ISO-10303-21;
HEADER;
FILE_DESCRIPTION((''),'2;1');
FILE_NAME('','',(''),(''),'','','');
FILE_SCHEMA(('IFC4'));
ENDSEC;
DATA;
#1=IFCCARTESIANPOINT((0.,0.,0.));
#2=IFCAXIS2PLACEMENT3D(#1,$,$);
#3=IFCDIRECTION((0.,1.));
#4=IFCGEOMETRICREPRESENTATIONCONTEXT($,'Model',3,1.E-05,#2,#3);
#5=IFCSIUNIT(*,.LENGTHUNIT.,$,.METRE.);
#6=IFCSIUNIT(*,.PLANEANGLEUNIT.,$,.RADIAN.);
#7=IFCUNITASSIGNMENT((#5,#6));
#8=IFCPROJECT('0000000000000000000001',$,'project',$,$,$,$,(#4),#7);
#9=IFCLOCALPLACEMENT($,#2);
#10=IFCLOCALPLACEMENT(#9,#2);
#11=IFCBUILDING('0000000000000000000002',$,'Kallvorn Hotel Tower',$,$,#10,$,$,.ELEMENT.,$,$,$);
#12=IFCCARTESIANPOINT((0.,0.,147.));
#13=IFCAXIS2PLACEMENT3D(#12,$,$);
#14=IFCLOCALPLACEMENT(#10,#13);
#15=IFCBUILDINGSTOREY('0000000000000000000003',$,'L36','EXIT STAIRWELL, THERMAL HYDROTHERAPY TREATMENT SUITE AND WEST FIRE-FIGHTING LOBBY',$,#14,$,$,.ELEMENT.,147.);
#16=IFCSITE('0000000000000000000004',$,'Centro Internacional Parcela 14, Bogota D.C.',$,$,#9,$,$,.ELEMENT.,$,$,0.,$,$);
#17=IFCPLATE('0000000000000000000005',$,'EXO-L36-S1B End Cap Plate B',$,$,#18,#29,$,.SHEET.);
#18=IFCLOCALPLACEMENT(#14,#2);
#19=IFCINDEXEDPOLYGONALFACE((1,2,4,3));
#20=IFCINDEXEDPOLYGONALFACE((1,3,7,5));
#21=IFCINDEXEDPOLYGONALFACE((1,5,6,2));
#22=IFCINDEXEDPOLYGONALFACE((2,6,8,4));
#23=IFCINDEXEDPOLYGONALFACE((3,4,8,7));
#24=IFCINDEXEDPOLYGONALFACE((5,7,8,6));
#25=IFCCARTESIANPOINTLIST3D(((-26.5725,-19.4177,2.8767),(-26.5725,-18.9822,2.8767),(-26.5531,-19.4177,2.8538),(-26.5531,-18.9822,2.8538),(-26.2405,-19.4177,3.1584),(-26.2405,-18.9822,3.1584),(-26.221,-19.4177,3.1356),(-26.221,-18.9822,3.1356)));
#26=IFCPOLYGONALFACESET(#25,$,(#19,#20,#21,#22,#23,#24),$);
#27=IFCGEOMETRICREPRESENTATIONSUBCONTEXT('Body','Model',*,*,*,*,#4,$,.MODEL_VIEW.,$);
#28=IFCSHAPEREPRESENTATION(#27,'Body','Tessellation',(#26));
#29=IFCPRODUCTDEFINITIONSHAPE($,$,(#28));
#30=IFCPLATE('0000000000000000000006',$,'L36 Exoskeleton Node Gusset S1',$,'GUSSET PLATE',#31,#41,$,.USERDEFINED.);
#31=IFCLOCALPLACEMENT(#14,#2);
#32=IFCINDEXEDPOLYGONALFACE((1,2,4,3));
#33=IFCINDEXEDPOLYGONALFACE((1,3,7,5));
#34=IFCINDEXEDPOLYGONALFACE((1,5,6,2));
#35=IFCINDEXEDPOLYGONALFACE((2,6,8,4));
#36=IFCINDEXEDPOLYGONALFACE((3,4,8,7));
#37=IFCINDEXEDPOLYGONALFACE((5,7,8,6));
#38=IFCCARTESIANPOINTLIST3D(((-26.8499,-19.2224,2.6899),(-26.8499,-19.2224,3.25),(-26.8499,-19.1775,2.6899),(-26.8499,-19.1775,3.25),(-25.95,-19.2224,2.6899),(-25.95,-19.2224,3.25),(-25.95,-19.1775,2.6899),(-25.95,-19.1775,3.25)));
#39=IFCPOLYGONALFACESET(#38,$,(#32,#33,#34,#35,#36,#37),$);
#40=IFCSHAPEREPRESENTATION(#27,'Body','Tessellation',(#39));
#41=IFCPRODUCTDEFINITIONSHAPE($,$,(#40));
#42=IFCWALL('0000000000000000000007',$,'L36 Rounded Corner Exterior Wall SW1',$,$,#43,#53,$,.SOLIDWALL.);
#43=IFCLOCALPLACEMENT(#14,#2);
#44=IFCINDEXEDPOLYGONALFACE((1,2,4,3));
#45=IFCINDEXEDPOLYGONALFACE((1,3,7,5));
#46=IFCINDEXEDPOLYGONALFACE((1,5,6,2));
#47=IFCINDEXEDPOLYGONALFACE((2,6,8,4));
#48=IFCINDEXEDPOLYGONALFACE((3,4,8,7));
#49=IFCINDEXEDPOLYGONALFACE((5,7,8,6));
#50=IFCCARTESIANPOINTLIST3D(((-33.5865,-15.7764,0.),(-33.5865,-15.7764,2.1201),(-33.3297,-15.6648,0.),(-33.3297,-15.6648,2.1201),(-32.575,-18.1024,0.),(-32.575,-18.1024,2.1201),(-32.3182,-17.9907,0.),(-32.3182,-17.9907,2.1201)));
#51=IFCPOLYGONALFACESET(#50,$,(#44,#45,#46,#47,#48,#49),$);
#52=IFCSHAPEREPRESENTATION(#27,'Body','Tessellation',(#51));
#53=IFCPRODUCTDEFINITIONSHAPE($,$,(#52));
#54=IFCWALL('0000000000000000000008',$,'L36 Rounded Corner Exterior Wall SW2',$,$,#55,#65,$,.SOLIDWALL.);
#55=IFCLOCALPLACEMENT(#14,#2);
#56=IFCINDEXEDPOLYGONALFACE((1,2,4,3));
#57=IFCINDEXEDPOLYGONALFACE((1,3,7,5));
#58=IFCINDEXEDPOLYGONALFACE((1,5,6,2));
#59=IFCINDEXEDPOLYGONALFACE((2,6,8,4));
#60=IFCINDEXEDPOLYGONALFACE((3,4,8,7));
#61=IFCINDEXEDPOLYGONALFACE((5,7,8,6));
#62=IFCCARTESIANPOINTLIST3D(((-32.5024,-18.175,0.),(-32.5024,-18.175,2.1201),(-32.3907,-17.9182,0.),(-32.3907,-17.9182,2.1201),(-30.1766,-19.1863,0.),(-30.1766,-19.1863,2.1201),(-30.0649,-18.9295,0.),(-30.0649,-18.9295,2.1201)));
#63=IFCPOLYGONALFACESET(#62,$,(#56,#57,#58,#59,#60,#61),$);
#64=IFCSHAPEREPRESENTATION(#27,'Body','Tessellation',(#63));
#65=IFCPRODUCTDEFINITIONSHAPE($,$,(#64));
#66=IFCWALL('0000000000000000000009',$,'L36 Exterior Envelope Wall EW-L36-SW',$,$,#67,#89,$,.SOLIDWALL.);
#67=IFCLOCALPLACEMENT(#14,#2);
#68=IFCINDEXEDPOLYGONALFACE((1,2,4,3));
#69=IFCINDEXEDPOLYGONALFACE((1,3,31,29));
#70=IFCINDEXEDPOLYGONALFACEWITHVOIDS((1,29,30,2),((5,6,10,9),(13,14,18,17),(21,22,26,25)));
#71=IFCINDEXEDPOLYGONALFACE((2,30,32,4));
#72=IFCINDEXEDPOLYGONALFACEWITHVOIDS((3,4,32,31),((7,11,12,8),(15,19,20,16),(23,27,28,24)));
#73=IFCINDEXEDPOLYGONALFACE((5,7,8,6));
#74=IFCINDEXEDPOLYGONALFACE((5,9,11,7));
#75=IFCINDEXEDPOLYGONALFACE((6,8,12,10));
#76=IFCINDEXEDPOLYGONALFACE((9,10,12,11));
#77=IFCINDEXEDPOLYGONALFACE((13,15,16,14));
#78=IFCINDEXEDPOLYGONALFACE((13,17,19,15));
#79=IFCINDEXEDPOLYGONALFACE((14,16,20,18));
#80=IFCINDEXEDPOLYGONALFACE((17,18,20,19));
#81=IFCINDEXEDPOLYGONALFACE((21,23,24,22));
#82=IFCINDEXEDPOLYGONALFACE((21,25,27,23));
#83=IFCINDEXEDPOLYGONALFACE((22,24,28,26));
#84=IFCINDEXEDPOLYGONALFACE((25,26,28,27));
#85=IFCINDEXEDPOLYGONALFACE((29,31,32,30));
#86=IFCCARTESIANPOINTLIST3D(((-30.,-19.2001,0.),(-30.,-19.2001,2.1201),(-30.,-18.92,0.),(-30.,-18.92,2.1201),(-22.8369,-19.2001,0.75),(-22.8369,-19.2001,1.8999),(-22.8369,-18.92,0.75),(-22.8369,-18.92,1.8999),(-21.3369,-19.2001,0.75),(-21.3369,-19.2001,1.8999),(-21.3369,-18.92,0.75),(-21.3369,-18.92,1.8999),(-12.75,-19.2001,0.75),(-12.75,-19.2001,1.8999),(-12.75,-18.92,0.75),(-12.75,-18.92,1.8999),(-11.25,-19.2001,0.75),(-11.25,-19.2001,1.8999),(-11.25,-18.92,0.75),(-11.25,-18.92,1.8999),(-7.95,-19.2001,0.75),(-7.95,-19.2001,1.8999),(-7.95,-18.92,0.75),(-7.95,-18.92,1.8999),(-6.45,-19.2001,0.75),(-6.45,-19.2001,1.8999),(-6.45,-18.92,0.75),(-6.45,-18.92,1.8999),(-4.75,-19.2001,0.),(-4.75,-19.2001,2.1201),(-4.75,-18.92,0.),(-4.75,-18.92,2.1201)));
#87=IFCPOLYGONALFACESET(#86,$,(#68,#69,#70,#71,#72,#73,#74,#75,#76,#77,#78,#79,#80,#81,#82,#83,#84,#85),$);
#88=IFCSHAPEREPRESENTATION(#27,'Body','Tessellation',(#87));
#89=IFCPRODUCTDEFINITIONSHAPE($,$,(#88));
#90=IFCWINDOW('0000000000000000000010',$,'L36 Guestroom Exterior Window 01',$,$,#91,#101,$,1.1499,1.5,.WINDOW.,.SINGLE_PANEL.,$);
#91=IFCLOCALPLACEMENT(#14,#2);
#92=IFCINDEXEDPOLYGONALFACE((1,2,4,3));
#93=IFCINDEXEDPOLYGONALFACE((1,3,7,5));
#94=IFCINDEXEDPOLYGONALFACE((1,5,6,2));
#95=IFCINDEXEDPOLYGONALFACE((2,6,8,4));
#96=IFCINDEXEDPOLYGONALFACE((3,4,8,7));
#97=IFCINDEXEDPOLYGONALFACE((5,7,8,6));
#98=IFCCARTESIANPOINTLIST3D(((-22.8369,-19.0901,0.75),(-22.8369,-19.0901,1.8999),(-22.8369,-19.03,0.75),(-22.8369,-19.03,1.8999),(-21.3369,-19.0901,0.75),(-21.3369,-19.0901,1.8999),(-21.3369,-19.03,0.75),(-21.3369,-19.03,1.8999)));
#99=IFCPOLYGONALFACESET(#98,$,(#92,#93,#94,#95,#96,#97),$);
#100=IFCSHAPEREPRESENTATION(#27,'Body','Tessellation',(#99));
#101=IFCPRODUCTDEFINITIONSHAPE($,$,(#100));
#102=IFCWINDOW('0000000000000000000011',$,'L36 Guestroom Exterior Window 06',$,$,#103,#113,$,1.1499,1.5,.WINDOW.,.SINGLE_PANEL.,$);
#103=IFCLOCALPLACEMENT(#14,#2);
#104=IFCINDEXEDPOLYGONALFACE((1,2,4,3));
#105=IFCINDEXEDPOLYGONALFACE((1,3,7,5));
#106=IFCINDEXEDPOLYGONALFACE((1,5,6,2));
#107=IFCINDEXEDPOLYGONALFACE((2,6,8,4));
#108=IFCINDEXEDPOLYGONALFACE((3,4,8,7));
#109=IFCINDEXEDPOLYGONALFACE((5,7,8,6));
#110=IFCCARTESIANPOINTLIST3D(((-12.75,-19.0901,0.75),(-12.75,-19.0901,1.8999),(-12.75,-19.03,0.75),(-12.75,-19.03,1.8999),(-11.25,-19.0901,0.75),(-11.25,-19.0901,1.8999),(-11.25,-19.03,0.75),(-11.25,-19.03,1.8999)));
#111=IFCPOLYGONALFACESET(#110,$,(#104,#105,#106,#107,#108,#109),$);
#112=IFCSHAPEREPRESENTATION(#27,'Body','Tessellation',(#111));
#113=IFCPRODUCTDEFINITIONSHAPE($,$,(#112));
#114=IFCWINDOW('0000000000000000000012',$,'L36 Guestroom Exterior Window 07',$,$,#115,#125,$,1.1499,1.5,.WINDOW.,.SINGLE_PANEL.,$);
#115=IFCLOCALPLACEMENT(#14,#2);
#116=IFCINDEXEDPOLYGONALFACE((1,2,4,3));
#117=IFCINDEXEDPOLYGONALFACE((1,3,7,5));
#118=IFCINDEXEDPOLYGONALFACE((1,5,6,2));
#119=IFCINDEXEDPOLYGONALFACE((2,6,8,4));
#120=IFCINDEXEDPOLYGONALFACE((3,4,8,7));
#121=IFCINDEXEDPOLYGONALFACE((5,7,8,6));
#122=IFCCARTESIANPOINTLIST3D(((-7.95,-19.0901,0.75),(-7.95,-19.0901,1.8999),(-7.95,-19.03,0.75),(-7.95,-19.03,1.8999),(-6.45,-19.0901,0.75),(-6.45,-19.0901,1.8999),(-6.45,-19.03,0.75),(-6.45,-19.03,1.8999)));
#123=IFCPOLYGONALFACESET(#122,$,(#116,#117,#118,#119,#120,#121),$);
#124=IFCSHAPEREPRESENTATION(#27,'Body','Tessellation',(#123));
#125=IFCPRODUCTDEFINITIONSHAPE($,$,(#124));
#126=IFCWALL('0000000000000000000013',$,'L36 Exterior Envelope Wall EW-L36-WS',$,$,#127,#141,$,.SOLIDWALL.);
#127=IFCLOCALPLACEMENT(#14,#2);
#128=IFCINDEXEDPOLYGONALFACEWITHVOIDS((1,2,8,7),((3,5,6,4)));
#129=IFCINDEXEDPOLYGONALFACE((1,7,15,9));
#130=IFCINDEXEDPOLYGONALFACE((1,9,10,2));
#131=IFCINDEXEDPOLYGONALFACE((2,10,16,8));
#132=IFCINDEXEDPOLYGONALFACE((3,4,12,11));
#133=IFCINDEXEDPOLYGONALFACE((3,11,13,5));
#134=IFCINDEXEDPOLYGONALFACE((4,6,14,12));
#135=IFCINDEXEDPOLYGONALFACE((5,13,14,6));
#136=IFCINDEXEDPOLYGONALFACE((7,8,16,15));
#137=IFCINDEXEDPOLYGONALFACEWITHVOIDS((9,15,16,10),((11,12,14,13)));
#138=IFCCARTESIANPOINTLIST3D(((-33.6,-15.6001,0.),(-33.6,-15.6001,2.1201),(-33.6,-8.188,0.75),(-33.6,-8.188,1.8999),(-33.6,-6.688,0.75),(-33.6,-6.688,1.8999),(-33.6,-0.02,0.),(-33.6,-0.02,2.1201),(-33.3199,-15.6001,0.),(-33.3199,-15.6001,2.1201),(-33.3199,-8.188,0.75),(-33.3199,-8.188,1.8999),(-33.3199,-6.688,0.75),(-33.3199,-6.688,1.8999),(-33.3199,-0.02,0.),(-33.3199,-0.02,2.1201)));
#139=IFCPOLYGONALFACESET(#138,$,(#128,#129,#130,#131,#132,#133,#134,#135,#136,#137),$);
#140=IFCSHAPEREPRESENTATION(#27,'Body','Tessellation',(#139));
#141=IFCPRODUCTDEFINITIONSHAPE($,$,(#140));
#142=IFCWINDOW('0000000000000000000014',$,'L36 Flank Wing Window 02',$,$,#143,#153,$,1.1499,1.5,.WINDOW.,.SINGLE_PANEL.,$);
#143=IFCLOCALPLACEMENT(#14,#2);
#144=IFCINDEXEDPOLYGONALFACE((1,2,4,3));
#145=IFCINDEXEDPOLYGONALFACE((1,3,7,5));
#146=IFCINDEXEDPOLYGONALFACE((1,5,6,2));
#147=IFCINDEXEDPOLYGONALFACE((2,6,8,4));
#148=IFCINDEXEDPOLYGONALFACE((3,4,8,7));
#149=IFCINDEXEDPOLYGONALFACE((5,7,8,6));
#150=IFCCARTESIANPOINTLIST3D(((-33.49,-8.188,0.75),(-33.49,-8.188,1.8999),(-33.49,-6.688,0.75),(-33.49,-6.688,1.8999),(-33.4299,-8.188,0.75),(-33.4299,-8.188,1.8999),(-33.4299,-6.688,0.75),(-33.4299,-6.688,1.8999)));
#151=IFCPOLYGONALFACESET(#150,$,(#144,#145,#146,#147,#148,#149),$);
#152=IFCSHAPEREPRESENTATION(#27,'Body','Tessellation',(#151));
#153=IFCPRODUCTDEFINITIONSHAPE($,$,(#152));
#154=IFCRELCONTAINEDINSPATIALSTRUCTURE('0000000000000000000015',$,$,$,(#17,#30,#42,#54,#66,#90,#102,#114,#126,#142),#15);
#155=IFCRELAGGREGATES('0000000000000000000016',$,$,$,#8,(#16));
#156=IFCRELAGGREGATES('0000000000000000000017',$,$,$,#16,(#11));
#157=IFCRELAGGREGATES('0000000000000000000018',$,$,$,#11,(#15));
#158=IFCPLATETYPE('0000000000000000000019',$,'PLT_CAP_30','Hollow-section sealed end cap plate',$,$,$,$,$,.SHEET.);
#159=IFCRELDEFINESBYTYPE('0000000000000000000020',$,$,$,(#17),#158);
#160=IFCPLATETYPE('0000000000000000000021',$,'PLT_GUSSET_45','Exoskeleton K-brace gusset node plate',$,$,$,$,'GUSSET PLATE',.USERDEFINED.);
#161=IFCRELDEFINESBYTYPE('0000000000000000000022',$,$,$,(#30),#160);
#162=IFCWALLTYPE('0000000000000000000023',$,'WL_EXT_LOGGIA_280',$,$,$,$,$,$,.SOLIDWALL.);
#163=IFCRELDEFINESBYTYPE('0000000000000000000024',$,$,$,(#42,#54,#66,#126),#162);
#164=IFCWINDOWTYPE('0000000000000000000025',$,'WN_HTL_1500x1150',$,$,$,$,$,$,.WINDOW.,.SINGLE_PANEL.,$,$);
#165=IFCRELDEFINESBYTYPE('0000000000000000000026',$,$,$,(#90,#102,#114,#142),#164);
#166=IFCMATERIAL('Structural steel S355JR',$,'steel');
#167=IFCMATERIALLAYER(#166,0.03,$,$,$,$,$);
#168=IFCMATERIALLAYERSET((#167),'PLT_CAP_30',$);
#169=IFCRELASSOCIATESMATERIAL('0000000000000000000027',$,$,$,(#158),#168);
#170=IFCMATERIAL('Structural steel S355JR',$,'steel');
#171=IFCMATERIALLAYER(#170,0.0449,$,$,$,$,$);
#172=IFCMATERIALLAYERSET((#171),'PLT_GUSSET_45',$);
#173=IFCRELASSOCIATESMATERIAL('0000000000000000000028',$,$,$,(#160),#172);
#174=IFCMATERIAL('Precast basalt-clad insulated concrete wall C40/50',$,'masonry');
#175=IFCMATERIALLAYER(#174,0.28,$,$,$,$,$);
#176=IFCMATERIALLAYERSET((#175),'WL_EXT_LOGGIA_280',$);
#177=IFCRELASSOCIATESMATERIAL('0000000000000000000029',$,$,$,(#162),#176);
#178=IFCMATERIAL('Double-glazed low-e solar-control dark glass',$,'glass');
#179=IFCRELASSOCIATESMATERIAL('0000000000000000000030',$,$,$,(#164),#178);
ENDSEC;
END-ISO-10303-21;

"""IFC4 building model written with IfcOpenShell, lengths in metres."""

from ifc_helpers import new_model, si_unit, direction, frame, frame_2d, origin, origin_2d, place, context, subcontext, project, spatial, polyline, rectangle, outline, extrude, material, layer, layer_set, type_object, element, fill, save


model = new_model("IFC4")

# Units and contexts
model_context = context("Model", 3, precision=1e-05, world=origin(), true_north=direction((0.0, 1.0)))
body_context = subcontext(model_context, "Body", "Model", "MODEL_VIEW")
ifc_project = project(units=[si_unit("LENGTHUNIT", "METRE"), si_unit("PLANEANGLEUNIT", "RADIAN")], contexts=[model_context])

# Site, building, storey
site_placement = place(None, origin())
site = spatial("IfcSite", under=ifc_project, at=site_placement, Name="Centro Internacional Parcela 14, Bogota D.C.", CompositionType="ELEMENT", RefElevation=0.0)
building_placement = place(site_placement, origin())
building = spatial("IfcBuilding", under=site, at=building_placement, Name="Kallvorn Hotel Tower", CompositionType="ELEMENT")
storey_placement = place(building_placement, frame((0.0, 0.0, 147.0)))
storey = spatial("IfcBuildingStorey", under=building, at=storey_placement, Name="L36", Description="EXIT STAIRWELL, THERMAL HYDROTHERAPY TREATMENT SUITE AND WEST FIRE-FIGHTING LOBBY", CompositionType="ELEMENT", Elevation=147.0)

# Plates
ifc_material_1 = material(Name="Structural steel S355JR", Category="steel")
ifc_layer_1 = layer(ifc_material_1, 0.03)
ifc_layer_set_1 = layer_set([ifc_layer_1], Name="PLT_CAP_30")
plate_type_1 = type_object("IfcPlateType", Name="PLT_CAP_30", Description="Hollow-section sealed end cap plate", PredefinedType="SHEET", material=ifc_layer_set_1)
plate_1_placement = place(storey_placement, frame((-26.5725, -18.9822, 2.8767), z_axis=(-0.646997, 0.0, 0.762492), x_axis=(0.0, -1.0, 0.0)))
element("IfcPlate", 1, at=plate_1_placement, inside=storey, type_object=plate_type_1, Name="EXO-L36-S1B End Cap Plate B", PredefinedType="SHEET", context=body_context, shape_type="SweptSolid", body=[
    extrude(outline(polyline([(0.0, 0.0), (0.4355, 0.0), (0.4355, 0.4355), (0.0, 0.4355), (0.0, 0.0)])), origin(), (0.0, 0.0, -1.0), 0.03),
])
ifc_material_2 = material(Name="Structural steel S355JR", Category="steel")
ifc_layer_2 = layer(ifc_material_2, 0.0449)
ifc_layer_set_2 = layer_set([ifc_layer_2], Name="PLT_GUSSET_45")
plate_type_2 = type_object("IfcPlateType", Name="PLT_GUSSET_45", Description="Exoskeleton K-brace gusset node plate", ElementType="GUSSET PLATE", PredefinedType="USERDEFINED", material=ifc_layer_set_2)
plate_2_placement = place(storey_placement, frame((-26.3999, -19.2, 2.6899), z_axis=(0.0, 0.0, 1.0), x_axis=(1.0, 0.0, 0.0)))
element("IfcPlate", 2, at=plate_2_placement, inside=storey, type_object=plate_type_2, Name="L36 Exoskeleton Node Gusset S1", ObjectType="GUSSET PLATE", PredefinedType="USERDEFINED", context=body_context, shape_type="SweptSolid", body=[
    extrude(rectangle(XDim=0.8999, YDim=0.0449, at=origin_2d()), origin(), (0.0, 0.0, 1.0), 0.5601),
])

# Walls
ifc_material_3 = material(Name="Precast basalt-clad insulated concrete wall C40/50", Category="masonry")
ifc_layer_3 = layer(ifc_material_3, 0.28)
ifc_layer_set_3 = layer_set([ifc_layer_3], Name="WL_EXT_LOGGIA_280")
wall_type_1 = type_object("IfcWallType", Name="WL_EXT_LOGGIA_280", PredefinedType="SOLIDWALL", material=ifc_layer_set_3)
wall_1_placement = place(storey_placement, frame((-33.458, -15.7207, 0.0), z_axis=(0.0, 0.0, 1.0), x_axis=(0.398793, -0.917041, 0.0)))
element("IfcWall", 3, at=wall_1_placement, inside=storey, type_object=wall_type_1, Name="L36 Rounded Corner Exterior Wall SW1", PredefinedType="SOLIDWALL", context=body_context, shape_type="SweptSolid", body=[
    extrude(rectangle(XDim=2.5364, YDim=0.28, at=frame_2d((1.2681, 0.0))), origin(), (0.0, 0.0, 1.0), 2.1201),
])
wall_2_placement = place(storey_placement, frame((-32.4465, -18.0466, 0.0), z_axis=(0.0, 0.0, 1.0), x_axis=(0.917061, -0.398747, 0.0)))
element("IfcWall", 4, at=wall_2_placement, inside=storey, type_object=wall_type_1, Name="L36 Rounded Corner Exterior Wall SW2", PredefinedType="SOLIDWALL", context=body_context, shape_type="SweptSolid", body=[
    extrude(rectangle(XDim=2.5361, YDim=0.28, at=frame_2d((1.2681, 0.0))), origin(), (0.0, 0.0, 1.0), 2.1201),
])

# Wall, openings, windows
wall_3_placement = place(storey_placement, frame((-30.0, -19.0601, 0.0), z_axis=(0.0, 0.0, 1.0), x_axis=(1.0, 0.0, 0.0)))
wall_3 = element("IfcWall", 5, at=wall_3_placement, inside=storey, type_object=wall_type_1, Name="L36 Exterior Envelope Wall EW-L36-SW", PredefinedType="SOLIDWALL", context=body_context, shape_type="SweptSolid", body=[
    extrude(rectangle(XDim=25.25, YDim=0.28, at=frame_2d((12.625, 0.0))), origin(), (0.0, 0.0, 1.0), 2.1201),
])
opening_1_placement = place(wall_3_placement, frame((7.1631, 0.0, 0.75)))
opening_1 = element("IfcOpeningElement", 6, at=opening_1_placement, cuts=wall_3, PredefinedType="OPENING", context=body_context, shape_type="SweptSolid", body=[
    extrude(rectangle(XDim=1.5, YDim=1.1499, at=frame_2d((0.75, 0.575))), frame((0.0, 0.155, 0.0), z_axis=(0.0, -1.0, 0.0), x_axis=(1.0, 0.0, 0.0)), (0.0, 0.0, 1.0), 0.3101),
])
opening_2_placement = place(wall_3_placement, frame((17.25, 0.0, 0.75)))
opening_2 = element("IfcOpeningElement", 7, at=opening_2_placement, cuts=wall_3, PredefinedType="OPENING", context=body_context, shape_type="SweptSolid", body=[
    extrude(rectangle(XDim=1.5, YDim=1.1499, at=frame_2d((0.75, 0.575))), frame((0.0, 0.155, 0.0), z_axis=(0.0, -1.0, 0.0), x_axis=(1.0, 0.0, 0.0)), (0.0, 0.0, 1.0), 0.3101),
])
opening_3_placement = place(wall_3_placement, frame((22.05, 0.0, 0.75)))
opening_3 = element("IfcOpeningElement", 8, at=opening_3_placement, cuts=wall_3, PredefinedType="OPENING", context=body_context, shape_type="SweptSolid", body=[
    extrude(rectangle(XDim=1.5, YDim=1.1499, at=frame_2d((0.75, 0.575))), frame((0.0, 0.155, 0.0), z_axis=(0.0, -1.0, 0.0), x_axis=(1.0, 0.0, 0.0)), (0.0, 0.0, 1.0), 0.3101),
])
ifc_material_4 = material(Name="Double-glazed low-e solar-control dark glass", Category="glass")
window_type = type_object("IfcWindowType", Name="WN_HTL_1500x1150", PartitioningType="SINGLE_PANEL", PredefinedType="WINDOW", material=ifc_material_4)
window_1_placement = place(opening_1_placement, origin())
window_1 = element("IfcWindow", 9, at=window_1_placement, inside=storey, type_object=window_type, Name="L36 Guestroom Exterior Window 01", OverallHeight=1.1499, OverallWidth=1.5, PartitioningType="SINGLE_PANEL", PredefinedType="WINDOW", context=body_context, shape_type="SweptSolid", body=[
    extrude(rectangle(XDim=1.5, YDim=1.1499, at=frame_2d((0.75, 0.575))), frame((0.0, 0.03, 0.0), z_axis=(0.0, -1.0, 0.0), x_axis=(1.0, 0.0, 0.0)), (0.0, 0.0, 1.0), 0.0601),
])
fill(opening_1, window_1)
window_2_placement = place(opening_2_placement, origin())
window_2 = element("IfcWindow", 10, at=window_2_placement, inside=storey, type_object=window_type, Name="L36 Guestroom Exterior Window 06", OverallHeight=1.1499, OverallWidth=1.5, PartitioningType="SINGLE_PANEL", PredefinedType="WINDOW", context=body_context, shape_type="SweptSolid", body=[
    extrude(rectangle(XDim=1.5, YDim=1.1499, at=frame_2d((0.75, 0.575))), frame((0.0, 0.03, 0.0), z_axis=(0.0, -1.0, 0.0), x_axis=(1.0, 0.0, 0.0)), (0.0, 0.0, 1.0), 0.0601),
])
fill(opening_2, window_2)
window_3_placement = place(opening_3_placement, origin())
window_3 = element("IfcWindow", 11, at=window_3_placement, inside=storey, type_object=window_type, Name="L36 Guestroom Exterior Window 07", OverallHeight=1.1499, OverallWidth=1.5, PartitioningType="SINGLE_PANEL", PredefinedType="WINDOW", context=body_context, shape_type="SweptSolid", body=[
    extrude(rectangle(XDim=1.5, YDim=1.1499, at=frame_2d((0.75, 0.575))), frame((0.0, 0.03, 0.0), z_axis=(0.0, -1.0, 0.0), x_axis=(1.0, 0.0, 0.0)), (0.0, 0.0, 1.0), 0.0601),
])
fill(opening_3, window_3)

# Wall, opening, window
wall_4_placement = place(storey_placement, frame((-33.46, -15.6001, 0.0), z_axis=(0.0, 0.0, 1.0), x_axis=(0.0, 1.0, 0.0)))
wall_4 = element("IfcWall", 12, at=wall_4_placement, inside=storey, type_object=wall_type_1, Name="L36 Exterior Envelope Wall EW-L36-WS", PredefinedType="SOLIDWALL", context=body_context, shape_type="SweptSolid", body=[
    extrude(rectangle(XDim=15.5801, YDim=0.28, at=frame_2d((7.79, 0.0))), origin(), (0.0, 0.0, 1.0), 2.1201),
])
opening_4_placement = place(wall_4_placement, frame((7.4121, 0.0, 0.75)))
opening_4 = element("IfcOpeningElement", 13, at=opening_4_placement, cuts=wall_4, PredefinedType="OPENING", context=body_context, shape_type="SweptSolid", body=[
    extrude(rectangle(XDim=1.5, YDim=1.1499, at=frame_2d((0.75, 0.575))), frame((0.0, 0.155, 0.0), z_axis=(0.0, -1.0, 0.0), x_axis=(1.0, 0.0, 0.0)), (0.0, 0.0, 1.0), 0.3101),
])
window_4_placement = place(opening_4_placement, origin())
window_4 = element("IfcWindow", 14, at=window_4_placement, inside=storey, type_object=window_type, Name="L36 Flank Wing Window 02", OverallHeight=1.1499, OverallWidth=1.5, PartitioningType="SINGLE_PANEL", PredefinedType="WINDOW", context=body_context, shape_type="SweptSolid", body=[
    extrude(rectangle(XDim=1.5, YDim=1.1499, at=frame_2d((0.75, 0.575))), frame((0.0, 0.03, 0.0), z_axis=(0.0, -1.0, 0.0), x_axis=(1.0, 0.0, 0.0)), (0.0, 0.0, 1.0), 0.0601),
])
fill(opening_4, window_4)

save(model, "model.ifc")
